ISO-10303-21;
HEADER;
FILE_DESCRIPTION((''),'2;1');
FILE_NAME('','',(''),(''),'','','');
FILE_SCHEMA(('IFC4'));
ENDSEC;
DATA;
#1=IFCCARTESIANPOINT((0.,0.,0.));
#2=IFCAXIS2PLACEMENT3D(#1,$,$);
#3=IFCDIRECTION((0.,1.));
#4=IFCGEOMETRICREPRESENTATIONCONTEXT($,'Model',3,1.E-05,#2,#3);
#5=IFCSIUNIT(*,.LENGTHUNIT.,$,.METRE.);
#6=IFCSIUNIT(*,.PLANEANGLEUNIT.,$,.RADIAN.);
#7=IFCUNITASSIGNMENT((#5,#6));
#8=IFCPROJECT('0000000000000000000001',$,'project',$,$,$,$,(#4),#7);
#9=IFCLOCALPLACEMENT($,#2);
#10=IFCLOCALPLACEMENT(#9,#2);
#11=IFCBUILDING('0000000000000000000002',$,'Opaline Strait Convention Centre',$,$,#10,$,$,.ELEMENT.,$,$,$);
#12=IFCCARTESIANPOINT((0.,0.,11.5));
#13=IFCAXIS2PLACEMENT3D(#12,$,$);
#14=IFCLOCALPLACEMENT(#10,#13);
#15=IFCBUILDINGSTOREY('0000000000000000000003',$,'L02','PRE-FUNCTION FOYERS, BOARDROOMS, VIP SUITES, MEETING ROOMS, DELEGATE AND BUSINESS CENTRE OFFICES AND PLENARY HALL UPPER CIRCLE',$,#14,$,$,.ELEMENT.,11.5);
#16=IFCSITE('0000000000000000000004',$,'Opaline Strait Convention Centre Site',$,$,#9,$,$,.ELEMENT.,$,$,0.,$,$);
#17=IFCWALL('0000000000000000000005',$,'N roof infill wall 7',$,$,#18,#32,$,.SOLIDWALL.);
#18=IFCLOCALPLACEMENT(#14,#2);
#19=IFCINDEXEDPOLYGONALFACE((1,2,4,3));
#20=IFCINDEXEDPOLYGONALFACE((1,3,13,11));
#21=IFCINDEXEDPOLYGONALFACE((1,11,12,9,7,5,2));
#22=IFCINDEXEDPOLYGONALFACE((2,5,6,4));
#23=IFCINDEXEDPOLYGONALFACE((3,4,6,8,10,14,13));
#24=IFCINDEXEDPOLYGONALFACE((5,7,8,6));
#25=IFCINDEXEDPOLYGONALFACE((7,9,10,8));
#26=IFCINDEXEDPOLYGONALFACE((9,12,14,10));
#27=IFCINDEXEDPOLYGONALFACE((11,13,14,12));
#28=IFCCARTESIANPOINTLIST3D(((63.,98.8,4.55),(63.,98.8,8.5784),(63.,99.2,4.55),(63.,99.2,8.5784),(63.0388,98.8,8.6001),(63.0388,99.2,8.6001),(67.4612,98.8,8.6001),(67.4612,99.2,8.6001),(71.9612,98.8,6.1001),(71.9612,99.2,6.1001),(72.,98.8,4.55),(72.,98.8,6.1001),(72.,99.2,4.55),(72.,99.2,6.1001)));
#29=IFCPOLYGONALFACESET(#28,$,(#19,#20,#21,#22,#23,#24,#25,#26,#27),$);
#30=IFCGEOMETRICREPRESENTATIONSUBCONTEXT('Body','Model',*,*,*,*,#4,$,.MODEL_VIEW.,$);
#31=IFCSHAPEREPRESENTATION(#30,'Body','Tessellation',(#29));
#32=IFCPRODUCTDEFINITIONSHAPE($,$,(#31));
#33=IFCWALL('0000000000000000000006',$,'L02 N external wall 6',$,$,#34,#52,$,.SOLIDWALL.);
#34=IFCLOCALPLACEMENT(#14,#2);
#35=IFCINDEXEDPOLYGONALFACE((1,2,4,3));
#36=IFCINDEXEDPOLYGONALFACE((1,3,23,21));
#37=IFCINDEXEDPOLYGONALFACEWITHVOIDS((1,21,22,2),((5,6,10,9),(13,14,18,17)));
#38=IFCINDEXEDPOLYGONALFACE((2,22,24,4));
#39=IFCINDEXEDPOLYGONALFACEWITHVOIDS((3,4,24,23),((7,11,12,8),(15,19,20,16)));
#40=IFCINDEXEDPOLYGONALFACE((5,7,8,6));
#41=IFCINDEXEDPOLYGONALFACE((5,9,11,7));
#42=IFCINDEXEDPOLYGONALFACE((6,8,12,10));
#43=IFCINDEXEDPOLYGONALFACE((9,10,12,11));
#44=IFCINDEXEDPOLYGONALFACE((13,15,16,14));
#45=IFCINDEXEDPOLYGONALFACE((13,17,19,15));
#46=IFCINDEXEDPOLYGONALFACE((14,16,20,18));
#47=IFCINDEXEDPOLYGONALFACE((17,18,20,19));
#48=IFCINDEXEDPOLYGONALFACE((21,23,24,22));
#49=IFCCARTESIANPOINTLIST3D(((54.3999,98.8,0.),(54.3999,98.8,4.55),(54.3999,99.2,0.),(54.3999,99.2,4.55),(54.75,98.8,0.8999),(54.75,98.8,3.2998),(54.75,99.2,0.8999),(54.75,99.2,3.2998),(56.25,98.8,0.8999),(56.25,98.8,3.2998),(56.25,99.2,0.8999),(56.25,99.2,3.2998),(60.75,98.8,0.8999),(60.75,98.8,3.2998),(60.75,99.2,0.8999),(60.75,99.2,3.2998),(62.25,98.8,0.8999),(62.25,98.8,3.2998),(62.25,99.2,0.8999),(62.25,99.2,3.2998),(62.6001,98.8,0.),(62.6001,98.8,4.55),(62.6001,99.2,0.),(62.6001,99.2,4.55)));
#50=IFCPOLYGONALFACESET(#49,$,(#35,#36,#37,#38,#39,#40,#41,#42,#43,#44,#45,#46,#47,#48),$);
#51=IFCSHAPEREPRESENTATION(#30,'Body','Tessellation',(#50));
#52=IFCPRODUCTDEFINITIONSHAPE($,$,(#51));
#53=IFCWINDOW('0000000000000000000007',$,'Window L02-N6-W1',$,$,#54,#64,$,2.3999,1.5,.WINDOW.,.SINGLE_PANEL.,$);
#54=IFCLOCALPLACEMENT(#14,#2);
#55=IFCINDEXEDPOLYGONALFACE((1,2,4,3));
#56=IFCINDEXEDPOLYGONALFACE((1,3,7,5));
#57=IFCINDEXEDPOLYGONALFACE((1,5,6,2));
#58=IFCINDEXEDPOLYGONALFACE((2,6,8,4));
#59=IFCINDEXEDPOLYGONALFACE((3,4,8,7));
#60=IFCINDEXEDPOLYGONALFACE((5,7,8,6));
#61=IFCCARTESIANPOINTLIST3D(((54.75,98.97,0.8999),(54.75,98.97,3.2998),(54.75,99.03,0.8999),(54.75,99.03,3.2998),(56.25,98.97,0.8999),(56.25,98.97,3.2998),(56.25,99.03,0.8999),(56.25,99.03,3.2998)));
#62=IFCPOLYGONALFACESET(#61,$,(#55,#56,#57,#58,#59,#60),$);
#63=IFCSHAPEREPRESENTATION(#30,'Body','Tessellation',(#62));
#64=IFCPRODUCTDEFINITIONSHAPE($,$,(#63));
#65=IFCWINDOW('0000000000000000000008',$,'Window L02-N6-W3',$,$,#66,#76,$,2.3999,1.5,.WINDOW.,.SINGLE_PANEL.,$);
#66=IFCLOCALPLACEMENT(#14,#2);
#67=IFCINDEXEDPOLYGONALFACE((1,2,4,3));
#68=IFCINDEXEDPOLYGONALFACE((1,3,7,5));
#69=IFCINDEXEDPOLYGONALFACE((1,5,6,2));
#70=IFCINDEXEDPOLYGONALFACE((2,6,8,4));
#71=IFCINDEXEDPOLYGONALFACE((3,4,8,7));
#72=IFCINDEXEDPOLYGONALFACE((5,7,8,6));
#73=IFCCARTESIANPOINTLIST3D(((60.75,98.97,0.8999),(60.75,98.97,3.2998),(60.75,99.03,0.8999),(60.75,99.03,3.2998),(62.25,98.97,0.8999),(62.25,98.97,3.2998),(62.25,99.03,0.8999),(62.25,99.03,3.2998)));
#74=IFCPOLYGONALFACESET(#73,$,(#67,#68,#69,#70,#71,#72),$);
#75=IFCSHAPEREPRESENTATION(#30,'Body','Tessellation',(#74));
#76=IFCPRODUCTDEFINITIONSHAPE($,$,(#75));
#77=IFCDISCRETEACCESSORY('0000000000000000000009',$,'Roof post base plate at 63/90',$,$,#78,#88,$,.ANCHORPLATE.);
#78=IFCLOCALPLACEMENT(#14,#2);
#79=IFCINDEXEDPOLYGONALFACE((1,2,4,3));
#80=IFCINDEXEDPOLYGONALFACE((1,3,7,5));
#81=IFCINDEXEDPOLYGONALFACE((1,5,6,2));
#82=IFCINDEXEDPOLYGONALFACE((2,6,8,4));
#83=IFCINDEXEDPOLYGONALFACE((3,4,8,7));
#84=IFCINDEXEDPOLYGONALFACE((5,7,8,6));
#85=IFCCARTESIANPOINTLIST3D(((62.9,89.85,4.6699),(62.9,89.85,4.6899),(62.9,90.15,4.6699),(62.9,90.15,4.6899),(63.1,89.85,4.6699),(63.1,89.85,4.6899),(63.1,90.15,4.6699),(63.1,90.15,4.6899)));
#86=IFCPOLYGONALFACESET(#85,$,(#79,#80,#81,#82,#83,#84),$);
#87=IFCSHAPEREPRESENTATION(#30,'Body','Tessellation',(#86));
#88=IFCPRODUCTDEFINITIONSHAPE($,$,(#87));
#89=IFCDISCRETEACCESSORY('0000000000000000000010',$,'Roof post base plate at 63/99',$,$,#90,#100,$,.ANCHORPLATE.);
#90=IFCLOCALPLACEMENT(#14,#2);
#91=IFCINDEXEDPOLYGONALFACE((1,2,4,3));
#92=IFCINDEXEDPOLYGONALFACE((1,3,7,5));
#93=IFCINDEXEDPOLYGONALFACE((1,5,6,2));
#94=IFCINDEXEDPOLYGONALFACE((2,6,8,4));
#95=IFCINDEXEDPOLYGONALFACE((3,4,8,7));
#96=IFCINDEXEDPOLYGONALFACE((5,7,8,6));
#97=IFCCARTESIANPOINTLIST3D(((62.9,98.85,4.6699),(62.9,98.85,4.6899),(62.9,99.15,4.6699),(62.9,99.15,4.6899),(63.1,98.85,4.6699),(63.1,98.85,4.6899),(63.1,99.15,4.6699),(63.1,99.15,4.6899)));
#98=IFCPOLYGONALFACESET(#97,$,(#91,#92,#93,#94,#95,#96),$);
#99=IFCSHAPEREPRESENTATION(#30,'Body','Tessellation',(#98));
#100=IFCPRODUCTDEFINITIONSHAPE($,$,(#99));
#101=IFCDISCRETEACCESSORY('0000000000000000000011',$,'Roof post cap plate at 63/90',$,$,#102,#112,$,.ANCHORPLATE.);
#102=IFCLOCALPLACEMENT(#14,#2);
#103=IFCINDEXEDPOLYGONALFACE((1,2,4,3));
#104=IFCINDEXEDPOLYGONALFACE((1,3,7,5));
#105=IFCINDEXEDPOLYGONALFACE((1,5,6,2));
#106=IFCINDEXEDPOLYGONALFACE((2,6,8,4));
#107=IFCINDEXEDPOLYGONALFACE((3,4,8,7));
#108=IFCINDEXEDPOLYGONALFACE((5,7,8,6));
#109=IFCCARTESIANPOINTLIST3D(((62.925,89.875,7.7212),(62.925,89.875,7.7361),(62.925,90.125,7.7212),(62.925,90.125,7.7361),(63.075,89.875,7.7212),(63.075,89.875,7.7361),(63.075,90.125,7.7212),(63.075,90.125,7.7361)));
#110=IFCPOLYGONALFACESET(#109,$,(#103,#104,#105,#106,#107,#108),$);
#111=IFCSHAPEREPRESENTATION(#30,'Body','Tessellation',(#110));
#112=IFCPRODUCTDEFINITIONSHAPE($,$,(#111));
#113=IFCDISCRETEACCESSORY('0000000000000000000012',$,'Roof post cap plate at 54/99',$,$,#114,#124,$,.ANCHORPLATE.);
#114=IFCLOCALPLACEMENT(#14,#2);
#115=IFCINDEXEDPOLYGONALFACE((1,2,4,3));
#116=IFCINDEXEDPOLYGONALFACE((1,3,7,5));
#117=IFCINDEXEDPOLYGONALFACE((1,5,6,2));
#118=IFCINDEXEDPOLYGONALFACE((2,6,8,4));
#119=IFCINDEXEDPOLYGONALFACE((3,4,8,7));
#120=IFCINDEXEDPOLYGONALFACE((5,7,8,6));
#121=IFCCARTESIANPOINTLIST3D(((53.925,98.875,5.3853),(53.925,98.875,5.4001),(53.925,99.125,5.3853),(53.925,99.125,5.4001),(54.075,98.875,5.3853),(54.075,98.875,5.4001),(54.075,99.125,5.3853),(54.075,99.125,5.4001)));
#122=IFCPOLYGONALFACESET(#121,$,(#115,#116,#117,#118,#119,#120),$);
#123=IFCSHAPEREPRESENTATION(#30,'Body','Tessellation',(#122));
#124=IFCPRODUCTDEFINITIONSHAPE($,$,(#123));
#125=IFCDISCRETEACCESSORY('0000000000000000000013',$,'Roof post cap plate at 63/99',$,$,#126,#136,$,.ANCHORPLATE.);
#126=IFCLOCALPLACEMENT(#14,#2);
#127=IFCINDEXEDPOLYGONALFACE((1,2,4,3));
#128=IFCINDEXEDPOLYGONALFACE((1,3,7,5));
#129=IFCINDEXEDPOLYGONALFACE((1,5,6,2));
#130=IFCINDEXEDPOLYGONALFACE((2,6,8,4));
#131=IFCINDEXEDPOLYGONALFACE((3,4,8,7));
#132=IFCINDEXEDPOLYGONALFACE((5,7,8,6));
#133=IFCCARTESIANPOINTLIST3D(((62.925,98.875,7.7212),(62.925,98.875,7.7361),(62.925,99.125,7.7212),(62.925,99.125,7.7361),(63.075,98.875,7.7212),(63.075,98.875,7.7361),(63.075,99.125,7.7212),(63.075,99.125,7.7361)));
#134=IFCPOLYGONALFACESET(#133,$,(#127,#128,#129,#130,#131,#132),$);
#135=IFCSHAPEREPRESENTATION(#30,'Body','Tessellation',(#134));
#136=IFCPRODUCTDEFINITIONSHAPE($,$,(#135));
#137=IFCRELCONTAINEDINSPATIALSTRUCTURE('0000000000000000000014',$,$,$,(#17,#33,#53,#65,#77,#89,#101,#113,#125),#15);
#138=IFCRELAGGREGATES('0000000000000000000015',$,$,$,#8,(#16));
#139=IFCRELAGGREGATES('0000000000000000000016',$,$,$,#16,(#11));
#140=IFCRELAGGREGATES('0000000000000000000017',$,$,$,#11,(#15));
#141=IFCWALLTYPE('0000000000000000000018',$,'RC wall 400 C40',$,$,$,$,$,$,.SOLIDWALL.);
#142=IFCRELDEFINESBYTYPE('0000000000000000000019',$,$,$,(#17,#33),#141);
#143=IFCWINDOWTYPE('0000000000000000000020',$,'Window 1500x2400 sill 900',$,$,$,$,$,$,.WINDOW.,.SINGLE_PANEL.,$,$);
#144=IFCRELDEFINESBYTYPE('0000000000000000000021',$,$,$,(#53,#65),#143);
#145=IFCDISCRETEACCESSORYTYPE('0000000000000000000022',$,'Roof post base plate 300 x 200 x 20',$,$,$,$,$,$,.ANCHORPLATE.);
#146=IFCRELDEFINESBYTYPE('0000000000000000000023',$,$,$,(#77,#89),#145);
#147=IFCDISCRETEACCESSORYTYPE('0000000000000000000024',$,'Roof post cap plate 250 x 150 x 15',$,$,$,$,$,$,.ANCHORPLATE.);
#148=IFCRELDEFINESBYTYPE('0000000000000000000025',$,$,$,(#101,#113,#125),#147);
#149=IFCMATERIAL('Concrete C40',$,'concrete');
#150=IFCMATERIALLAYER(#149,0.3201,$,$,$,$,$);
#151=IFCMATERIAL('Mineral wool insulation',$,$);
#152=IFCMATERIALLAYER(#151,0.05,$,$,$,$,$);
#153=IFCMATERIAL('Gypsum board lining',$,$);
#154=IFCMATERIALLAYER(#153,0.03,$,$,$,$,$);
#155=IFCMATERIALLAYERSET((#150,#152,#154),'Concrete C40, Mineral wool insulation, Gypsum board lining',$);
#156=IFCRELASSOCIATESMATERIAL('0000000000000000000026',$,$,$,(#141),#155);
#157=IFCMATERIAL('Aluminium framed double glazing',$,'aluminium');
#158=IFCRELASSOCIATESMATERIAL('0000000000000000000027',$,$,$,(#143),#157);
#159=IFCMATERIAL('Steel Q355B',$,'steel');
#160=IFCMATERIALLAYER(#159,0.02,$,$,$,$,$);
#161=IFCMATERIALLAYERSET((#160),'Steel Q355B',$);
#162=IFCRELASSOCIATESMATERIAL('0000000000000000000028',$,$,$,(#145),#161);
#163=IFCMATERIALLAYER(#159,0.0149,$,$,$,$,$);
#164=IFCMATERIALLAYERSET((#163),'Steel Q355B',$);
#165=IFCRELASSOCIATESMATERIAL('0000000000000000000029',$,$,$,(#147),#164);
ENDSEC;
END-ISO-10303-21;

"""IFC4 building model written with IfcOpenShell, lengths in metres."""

from ifc_helpers import new_model, si_unit, direction, frame, frame_2d, origin, origin_2d, place, context, subcontext, project, spatial, polyline, rectangle, outline, extrude, material, layer, layer_set, type_object, element, fill, save


model = new_model("IFC4")

# Units and contexts
model_context = context("Model", 3, precision=1e-05, world=origin(), true_north=direction((0.0, 1.0)))
body_context = subcontext(model_context, "Body", "Model", "MODEL_VIEW")
ifc_project = project(units=[si_unit("LENGTHUNIT", "METRE"), si_unit("PLANEANGLEUNIT", "RADIAN")], contexts=[model_context])

# Site, building, storey
site_placement = place(None, origin())
site = spatial("IfcSite", under=ifc_project, at=site_placement, Name="Opaline Strait Convention Centre Site", CompositionType="ELEMENT", RefElevation=0.0)
building_placement = place(site_placement, origin())
building = spatial("IfcBuilding", under=site, at=building_placement, Name="Opaline Strait Convention Centre", CompositionType="ELEMENT")
storey_placement = place(building_placement, frame((0.0, 0.0, 11.5)))
storey = spatial("IfcBuildingStorey", under=building, at=storey_placement, Name="L02", Description="PRE-FUNCTION FOYERS, BOARDROOMS, VIP SUITES, MEETING ROOMS, DELEGATE AND BUSINESS CENTRE OFFICES AND PLENARY HALL UPPER CIRCLE", CompositionType="ELEMENT", Elevation=11.5)

# Shared definitions
ifc_material_1 = material(Name="Concrete C40", Category="concrete")

# Shared definitions
ifc_material_2 = material(Name="Steel Q355B", Category="steel")

# Wall
ifc_layer_1 = layer(ifc_material_1, 0.3201)
ifc_material_3 = material(Name="Mineral wool insulation")
ifc_layer_2 = layer(ifc_material_3, 0.05)
ifc_material_4 = material(Name="Gypsum board lining")
ifc_layer_3 = layer(ifc_material_4, 0.03)
ifc_layer_set_1 = layer_set([ifc_layer_1, ifc_layer_2, ifc_layer_3], Name="Concrete C40, Mineral wool insulation, Gypsum board lining")
wall_type_1 = type_object("IfcWallType", Name="RC wall 400 C40", PredefinedType="SOLIDWALL", material=ifc_layer_set_1)
wall_1_placement = place(storey_placement, frame((63.0, 99.0, 4.55), z_axis=(0.0, 0.0, 1.0), x_axis=(1.0, 0.0, 0.0)))
element("IfcWall", 1, at=wall_1_placement, inside=storey, type_object=wall_type_1, Name="N roof infill wall 7", PredefinedType="SOLIDWALL", context=body_context, shape_type="SweptSolid", body=[
    extrude(outline(polyline([(0.0, 0.0), (9.0, 0.0), (9.0, 1.55), (8.9612, 1.55), (4.4612, 4.05), (0.0388, 4.05), (0.0, 4.0283), (0.0, 0.0)])), frame((0.0, 0.2, 0.0), z_axis=(0.0, -1.0, 0.0), x_axis=(1.0, 0.0, 0.0)), (0.0, 0.0, 1.0), 0.3999),
])

# Wall, openings, windows
wall_2_placement = place(storey_placement, frame((54.3999, 99.0, 0.0), z_axis=(0.0, 0.0, 1.0), x_axis=(1.0, 0.0, 0.0)))
wall_2 = element("IfcWall", 2, at=wall_2_placement, inside=storey, type_object=wall_type_1, Name="L02 N external wall 6", PredefinedType="SOLIDWALL", context=body_context, shape_type="SweptSolid", body=[
    extrude(rectangle(XDim=8.2002, YDim=0.3999, at=frame_2d((4.1001, 0.0))), origin(), (0.0, 0.0, 1.0), 4.55),
])
opening_1_placement = place(wall_2_placement, frame((0.3501, 0.0, 0.8999)))
opening_1 = element("IfcOpeningElement", 3, at=opening_1_placement, cuts=wall_2, PredefinedType="OPENING", context=body_context, shape_type="SweptSolid", body=[
    extrude(rectangle(XDim=1.5, YDim=2.3999, at=frame_2d((0.75, 1.2))), frame((0.0, 0.21, 0.0), z_axis=(0.0, -1.0, 0.0), x_axis=(1.0, 0.0, 0.0)), (0.0, 0.0, 1.0), 0.4199),
])
opening_2_placement = place(wall_2_placement, frame((6.3501, 0.0, 0.8999)))
opening_2 = element("IfcOpeningElement", 4, at=opening_2_placement, cuts=wall_2, PredefinedType="OPENING", context=body_context, shape_type="SweptSolid", body=[
    extrude(rectangle(XDim=1.5, YDim=2.3999, at=frame_2d((0.75, 1.2))), frame((0.0, 0.21, 0.0), z_axis=(0.0, -1.0, 0.0), x_axis=(1.0, 0.0, 0.0)), (0.0, 0.0, 1.0), 0.4199),
])
ifc_material_5 = material(Name="Aluminium framed double glazing", Category="aluminium")
window_type = type_object("IfcWindowType", Name="Window 1500x2400 sill 900", PartitioningType="SINGLE_PANEL", PredefinedType="WINDOW", material=ifc_material_5)
window_1_placement = place(opening_1_placement, origin())
window_1 = element("IfcWindow", 5, at=window_1_placement, inside=storey, type_object=window_type, Name="Window L02-N6-W1", OverallHeight=2.3999, OverallWidth=1.5, PartitioningType="SINGLE_PANEL", PredefinedType="WINDOW", context=body_context, shape_type="SweptSolid", body=[
    extrude(rectangle(XDim=1.5, YDim=2.3999, at=frame_2d((0.75, 1.2))), frame((0.0, 0.03, 0.0), z_axis=(0.0, -1.0, 0.0), x_axis=(1.0, 0.0, 0.0)), (0.0, 0.0, 1.0), 0.0601),
])
fill(opening_1, window_1)
window_2_placement = place(opening_2_placement, origin())
window_2 = element("IfcWindow", 6, at=window_2_placement, inside=storey, type_object=window_type, Name="Window L02-N6-W3", OverallHeight=2.3999, OverallWidth=1.5, PartitioningType="SINGLE_PANEL", PredefinedType="WINDOW", context=body_context, shape_type="SweptSolid", body=[
    extrude(rectangle(XDim=1.5, YDim=2.3999, at=frame_2d((0.75, 1.2))), frame((0.0, 0.03, 0.0), z_axis=(0.0, -1.0, 0.0), x_axis=(1.0, 0.0, 0.0)), (0.0, 0.0, 1.0), 0.0601),
])
fill(opening_2, window_2)

# Discrete accessories
ifc_layer_4 = layer(ifc_material_2, 0.02)
ifc_layer_set_2 = layer_set([ifc_layer_4], Name="Steel Q355B")
discrete_accessory_type_1 = type_object("IfcDiscreteAccessoryType", Name="Roof post base plate 300 x 200 x 20", PredefinedType="ANCHORPLATE", material=ifc_layer_set_2)
for number, where, z_axis, x_axis, name in (
    (7, (63.0, 90.0, 4.6699), (0.0, 0.0, 1.0), (1.0, 0.0, 0.0), "Roof post base plate at 63/90"),
    (8, (63.0, 99.0, 4.6699), (0.0, 0.0, 1.0), (1.0, 0.0, 0.0), "Roof post base plate at 63/99"),
):
    element("IfcDiscreteAccessory", number, at=place(storey_placement, frame(where, z_axis=z_axis, x_axis=x_axis)), inside=storey, type_object=discrete_accessory_type_1, Name=name, PredefinedType="ANCHORPLATE", context=body_context, shape_type="SweptSolid", body=[
        extrude(rectangle(XDim=0.2, YDim=0.3, at=origin_2d()), origin(), (0.0, 0.0, 1.0), 0.02),
    ])
ifc_layer_5 = layer(ifc_material_2, 0.0149)
ifc_layer_set_3 = layer_set([ifc_layer_5], Name="Steel Q355B")
discrete_accessory_type_2 = type_object("IfcDiscreteAccessoryType", Name="Roof post cap plate 250 x 150 x 15", PredefinedType="ANCHORPLATE", material=ifc_layer_set_3)
for number, where, z_axis, x_axis, name in (
    (9, (63.0, 90.0, 7.7212), (0.0, 0.0, 1.0), (1.0, 0.0, 0.0), "Roof post cap plate at 63/90"),
    (10, (54.0, 99.0, 5.3853), (0.0, 0.0, 1.0), (1.0, 0.0, 0.0), "Roof post cap plate at 54/99"),
    (11, (63.0, 99.0, 7.7212), (0.0, 0.0, 1.0), (1.0, 0.0, 0.0), "Roof post cap plate at 63/99"),
):
    element("IfcDiscreteAccessory", number, at=place(storey_placement, frame(where, z_axis=z_axis, x_axis=x_axis)), inside=storey, type_object=discrete_accessory_type_2, Name=name, PredefinedType="ANCHORPLATE", context=body_context, shape_type="SweptSolid", body=[
        extrude(rectangle(XDim=0.1499, YDim=0.25, at=origin_2d()), origin(), (0.0, 0.0, 1.0), 0.0149),
    ])

save(model, "model.ifc")
